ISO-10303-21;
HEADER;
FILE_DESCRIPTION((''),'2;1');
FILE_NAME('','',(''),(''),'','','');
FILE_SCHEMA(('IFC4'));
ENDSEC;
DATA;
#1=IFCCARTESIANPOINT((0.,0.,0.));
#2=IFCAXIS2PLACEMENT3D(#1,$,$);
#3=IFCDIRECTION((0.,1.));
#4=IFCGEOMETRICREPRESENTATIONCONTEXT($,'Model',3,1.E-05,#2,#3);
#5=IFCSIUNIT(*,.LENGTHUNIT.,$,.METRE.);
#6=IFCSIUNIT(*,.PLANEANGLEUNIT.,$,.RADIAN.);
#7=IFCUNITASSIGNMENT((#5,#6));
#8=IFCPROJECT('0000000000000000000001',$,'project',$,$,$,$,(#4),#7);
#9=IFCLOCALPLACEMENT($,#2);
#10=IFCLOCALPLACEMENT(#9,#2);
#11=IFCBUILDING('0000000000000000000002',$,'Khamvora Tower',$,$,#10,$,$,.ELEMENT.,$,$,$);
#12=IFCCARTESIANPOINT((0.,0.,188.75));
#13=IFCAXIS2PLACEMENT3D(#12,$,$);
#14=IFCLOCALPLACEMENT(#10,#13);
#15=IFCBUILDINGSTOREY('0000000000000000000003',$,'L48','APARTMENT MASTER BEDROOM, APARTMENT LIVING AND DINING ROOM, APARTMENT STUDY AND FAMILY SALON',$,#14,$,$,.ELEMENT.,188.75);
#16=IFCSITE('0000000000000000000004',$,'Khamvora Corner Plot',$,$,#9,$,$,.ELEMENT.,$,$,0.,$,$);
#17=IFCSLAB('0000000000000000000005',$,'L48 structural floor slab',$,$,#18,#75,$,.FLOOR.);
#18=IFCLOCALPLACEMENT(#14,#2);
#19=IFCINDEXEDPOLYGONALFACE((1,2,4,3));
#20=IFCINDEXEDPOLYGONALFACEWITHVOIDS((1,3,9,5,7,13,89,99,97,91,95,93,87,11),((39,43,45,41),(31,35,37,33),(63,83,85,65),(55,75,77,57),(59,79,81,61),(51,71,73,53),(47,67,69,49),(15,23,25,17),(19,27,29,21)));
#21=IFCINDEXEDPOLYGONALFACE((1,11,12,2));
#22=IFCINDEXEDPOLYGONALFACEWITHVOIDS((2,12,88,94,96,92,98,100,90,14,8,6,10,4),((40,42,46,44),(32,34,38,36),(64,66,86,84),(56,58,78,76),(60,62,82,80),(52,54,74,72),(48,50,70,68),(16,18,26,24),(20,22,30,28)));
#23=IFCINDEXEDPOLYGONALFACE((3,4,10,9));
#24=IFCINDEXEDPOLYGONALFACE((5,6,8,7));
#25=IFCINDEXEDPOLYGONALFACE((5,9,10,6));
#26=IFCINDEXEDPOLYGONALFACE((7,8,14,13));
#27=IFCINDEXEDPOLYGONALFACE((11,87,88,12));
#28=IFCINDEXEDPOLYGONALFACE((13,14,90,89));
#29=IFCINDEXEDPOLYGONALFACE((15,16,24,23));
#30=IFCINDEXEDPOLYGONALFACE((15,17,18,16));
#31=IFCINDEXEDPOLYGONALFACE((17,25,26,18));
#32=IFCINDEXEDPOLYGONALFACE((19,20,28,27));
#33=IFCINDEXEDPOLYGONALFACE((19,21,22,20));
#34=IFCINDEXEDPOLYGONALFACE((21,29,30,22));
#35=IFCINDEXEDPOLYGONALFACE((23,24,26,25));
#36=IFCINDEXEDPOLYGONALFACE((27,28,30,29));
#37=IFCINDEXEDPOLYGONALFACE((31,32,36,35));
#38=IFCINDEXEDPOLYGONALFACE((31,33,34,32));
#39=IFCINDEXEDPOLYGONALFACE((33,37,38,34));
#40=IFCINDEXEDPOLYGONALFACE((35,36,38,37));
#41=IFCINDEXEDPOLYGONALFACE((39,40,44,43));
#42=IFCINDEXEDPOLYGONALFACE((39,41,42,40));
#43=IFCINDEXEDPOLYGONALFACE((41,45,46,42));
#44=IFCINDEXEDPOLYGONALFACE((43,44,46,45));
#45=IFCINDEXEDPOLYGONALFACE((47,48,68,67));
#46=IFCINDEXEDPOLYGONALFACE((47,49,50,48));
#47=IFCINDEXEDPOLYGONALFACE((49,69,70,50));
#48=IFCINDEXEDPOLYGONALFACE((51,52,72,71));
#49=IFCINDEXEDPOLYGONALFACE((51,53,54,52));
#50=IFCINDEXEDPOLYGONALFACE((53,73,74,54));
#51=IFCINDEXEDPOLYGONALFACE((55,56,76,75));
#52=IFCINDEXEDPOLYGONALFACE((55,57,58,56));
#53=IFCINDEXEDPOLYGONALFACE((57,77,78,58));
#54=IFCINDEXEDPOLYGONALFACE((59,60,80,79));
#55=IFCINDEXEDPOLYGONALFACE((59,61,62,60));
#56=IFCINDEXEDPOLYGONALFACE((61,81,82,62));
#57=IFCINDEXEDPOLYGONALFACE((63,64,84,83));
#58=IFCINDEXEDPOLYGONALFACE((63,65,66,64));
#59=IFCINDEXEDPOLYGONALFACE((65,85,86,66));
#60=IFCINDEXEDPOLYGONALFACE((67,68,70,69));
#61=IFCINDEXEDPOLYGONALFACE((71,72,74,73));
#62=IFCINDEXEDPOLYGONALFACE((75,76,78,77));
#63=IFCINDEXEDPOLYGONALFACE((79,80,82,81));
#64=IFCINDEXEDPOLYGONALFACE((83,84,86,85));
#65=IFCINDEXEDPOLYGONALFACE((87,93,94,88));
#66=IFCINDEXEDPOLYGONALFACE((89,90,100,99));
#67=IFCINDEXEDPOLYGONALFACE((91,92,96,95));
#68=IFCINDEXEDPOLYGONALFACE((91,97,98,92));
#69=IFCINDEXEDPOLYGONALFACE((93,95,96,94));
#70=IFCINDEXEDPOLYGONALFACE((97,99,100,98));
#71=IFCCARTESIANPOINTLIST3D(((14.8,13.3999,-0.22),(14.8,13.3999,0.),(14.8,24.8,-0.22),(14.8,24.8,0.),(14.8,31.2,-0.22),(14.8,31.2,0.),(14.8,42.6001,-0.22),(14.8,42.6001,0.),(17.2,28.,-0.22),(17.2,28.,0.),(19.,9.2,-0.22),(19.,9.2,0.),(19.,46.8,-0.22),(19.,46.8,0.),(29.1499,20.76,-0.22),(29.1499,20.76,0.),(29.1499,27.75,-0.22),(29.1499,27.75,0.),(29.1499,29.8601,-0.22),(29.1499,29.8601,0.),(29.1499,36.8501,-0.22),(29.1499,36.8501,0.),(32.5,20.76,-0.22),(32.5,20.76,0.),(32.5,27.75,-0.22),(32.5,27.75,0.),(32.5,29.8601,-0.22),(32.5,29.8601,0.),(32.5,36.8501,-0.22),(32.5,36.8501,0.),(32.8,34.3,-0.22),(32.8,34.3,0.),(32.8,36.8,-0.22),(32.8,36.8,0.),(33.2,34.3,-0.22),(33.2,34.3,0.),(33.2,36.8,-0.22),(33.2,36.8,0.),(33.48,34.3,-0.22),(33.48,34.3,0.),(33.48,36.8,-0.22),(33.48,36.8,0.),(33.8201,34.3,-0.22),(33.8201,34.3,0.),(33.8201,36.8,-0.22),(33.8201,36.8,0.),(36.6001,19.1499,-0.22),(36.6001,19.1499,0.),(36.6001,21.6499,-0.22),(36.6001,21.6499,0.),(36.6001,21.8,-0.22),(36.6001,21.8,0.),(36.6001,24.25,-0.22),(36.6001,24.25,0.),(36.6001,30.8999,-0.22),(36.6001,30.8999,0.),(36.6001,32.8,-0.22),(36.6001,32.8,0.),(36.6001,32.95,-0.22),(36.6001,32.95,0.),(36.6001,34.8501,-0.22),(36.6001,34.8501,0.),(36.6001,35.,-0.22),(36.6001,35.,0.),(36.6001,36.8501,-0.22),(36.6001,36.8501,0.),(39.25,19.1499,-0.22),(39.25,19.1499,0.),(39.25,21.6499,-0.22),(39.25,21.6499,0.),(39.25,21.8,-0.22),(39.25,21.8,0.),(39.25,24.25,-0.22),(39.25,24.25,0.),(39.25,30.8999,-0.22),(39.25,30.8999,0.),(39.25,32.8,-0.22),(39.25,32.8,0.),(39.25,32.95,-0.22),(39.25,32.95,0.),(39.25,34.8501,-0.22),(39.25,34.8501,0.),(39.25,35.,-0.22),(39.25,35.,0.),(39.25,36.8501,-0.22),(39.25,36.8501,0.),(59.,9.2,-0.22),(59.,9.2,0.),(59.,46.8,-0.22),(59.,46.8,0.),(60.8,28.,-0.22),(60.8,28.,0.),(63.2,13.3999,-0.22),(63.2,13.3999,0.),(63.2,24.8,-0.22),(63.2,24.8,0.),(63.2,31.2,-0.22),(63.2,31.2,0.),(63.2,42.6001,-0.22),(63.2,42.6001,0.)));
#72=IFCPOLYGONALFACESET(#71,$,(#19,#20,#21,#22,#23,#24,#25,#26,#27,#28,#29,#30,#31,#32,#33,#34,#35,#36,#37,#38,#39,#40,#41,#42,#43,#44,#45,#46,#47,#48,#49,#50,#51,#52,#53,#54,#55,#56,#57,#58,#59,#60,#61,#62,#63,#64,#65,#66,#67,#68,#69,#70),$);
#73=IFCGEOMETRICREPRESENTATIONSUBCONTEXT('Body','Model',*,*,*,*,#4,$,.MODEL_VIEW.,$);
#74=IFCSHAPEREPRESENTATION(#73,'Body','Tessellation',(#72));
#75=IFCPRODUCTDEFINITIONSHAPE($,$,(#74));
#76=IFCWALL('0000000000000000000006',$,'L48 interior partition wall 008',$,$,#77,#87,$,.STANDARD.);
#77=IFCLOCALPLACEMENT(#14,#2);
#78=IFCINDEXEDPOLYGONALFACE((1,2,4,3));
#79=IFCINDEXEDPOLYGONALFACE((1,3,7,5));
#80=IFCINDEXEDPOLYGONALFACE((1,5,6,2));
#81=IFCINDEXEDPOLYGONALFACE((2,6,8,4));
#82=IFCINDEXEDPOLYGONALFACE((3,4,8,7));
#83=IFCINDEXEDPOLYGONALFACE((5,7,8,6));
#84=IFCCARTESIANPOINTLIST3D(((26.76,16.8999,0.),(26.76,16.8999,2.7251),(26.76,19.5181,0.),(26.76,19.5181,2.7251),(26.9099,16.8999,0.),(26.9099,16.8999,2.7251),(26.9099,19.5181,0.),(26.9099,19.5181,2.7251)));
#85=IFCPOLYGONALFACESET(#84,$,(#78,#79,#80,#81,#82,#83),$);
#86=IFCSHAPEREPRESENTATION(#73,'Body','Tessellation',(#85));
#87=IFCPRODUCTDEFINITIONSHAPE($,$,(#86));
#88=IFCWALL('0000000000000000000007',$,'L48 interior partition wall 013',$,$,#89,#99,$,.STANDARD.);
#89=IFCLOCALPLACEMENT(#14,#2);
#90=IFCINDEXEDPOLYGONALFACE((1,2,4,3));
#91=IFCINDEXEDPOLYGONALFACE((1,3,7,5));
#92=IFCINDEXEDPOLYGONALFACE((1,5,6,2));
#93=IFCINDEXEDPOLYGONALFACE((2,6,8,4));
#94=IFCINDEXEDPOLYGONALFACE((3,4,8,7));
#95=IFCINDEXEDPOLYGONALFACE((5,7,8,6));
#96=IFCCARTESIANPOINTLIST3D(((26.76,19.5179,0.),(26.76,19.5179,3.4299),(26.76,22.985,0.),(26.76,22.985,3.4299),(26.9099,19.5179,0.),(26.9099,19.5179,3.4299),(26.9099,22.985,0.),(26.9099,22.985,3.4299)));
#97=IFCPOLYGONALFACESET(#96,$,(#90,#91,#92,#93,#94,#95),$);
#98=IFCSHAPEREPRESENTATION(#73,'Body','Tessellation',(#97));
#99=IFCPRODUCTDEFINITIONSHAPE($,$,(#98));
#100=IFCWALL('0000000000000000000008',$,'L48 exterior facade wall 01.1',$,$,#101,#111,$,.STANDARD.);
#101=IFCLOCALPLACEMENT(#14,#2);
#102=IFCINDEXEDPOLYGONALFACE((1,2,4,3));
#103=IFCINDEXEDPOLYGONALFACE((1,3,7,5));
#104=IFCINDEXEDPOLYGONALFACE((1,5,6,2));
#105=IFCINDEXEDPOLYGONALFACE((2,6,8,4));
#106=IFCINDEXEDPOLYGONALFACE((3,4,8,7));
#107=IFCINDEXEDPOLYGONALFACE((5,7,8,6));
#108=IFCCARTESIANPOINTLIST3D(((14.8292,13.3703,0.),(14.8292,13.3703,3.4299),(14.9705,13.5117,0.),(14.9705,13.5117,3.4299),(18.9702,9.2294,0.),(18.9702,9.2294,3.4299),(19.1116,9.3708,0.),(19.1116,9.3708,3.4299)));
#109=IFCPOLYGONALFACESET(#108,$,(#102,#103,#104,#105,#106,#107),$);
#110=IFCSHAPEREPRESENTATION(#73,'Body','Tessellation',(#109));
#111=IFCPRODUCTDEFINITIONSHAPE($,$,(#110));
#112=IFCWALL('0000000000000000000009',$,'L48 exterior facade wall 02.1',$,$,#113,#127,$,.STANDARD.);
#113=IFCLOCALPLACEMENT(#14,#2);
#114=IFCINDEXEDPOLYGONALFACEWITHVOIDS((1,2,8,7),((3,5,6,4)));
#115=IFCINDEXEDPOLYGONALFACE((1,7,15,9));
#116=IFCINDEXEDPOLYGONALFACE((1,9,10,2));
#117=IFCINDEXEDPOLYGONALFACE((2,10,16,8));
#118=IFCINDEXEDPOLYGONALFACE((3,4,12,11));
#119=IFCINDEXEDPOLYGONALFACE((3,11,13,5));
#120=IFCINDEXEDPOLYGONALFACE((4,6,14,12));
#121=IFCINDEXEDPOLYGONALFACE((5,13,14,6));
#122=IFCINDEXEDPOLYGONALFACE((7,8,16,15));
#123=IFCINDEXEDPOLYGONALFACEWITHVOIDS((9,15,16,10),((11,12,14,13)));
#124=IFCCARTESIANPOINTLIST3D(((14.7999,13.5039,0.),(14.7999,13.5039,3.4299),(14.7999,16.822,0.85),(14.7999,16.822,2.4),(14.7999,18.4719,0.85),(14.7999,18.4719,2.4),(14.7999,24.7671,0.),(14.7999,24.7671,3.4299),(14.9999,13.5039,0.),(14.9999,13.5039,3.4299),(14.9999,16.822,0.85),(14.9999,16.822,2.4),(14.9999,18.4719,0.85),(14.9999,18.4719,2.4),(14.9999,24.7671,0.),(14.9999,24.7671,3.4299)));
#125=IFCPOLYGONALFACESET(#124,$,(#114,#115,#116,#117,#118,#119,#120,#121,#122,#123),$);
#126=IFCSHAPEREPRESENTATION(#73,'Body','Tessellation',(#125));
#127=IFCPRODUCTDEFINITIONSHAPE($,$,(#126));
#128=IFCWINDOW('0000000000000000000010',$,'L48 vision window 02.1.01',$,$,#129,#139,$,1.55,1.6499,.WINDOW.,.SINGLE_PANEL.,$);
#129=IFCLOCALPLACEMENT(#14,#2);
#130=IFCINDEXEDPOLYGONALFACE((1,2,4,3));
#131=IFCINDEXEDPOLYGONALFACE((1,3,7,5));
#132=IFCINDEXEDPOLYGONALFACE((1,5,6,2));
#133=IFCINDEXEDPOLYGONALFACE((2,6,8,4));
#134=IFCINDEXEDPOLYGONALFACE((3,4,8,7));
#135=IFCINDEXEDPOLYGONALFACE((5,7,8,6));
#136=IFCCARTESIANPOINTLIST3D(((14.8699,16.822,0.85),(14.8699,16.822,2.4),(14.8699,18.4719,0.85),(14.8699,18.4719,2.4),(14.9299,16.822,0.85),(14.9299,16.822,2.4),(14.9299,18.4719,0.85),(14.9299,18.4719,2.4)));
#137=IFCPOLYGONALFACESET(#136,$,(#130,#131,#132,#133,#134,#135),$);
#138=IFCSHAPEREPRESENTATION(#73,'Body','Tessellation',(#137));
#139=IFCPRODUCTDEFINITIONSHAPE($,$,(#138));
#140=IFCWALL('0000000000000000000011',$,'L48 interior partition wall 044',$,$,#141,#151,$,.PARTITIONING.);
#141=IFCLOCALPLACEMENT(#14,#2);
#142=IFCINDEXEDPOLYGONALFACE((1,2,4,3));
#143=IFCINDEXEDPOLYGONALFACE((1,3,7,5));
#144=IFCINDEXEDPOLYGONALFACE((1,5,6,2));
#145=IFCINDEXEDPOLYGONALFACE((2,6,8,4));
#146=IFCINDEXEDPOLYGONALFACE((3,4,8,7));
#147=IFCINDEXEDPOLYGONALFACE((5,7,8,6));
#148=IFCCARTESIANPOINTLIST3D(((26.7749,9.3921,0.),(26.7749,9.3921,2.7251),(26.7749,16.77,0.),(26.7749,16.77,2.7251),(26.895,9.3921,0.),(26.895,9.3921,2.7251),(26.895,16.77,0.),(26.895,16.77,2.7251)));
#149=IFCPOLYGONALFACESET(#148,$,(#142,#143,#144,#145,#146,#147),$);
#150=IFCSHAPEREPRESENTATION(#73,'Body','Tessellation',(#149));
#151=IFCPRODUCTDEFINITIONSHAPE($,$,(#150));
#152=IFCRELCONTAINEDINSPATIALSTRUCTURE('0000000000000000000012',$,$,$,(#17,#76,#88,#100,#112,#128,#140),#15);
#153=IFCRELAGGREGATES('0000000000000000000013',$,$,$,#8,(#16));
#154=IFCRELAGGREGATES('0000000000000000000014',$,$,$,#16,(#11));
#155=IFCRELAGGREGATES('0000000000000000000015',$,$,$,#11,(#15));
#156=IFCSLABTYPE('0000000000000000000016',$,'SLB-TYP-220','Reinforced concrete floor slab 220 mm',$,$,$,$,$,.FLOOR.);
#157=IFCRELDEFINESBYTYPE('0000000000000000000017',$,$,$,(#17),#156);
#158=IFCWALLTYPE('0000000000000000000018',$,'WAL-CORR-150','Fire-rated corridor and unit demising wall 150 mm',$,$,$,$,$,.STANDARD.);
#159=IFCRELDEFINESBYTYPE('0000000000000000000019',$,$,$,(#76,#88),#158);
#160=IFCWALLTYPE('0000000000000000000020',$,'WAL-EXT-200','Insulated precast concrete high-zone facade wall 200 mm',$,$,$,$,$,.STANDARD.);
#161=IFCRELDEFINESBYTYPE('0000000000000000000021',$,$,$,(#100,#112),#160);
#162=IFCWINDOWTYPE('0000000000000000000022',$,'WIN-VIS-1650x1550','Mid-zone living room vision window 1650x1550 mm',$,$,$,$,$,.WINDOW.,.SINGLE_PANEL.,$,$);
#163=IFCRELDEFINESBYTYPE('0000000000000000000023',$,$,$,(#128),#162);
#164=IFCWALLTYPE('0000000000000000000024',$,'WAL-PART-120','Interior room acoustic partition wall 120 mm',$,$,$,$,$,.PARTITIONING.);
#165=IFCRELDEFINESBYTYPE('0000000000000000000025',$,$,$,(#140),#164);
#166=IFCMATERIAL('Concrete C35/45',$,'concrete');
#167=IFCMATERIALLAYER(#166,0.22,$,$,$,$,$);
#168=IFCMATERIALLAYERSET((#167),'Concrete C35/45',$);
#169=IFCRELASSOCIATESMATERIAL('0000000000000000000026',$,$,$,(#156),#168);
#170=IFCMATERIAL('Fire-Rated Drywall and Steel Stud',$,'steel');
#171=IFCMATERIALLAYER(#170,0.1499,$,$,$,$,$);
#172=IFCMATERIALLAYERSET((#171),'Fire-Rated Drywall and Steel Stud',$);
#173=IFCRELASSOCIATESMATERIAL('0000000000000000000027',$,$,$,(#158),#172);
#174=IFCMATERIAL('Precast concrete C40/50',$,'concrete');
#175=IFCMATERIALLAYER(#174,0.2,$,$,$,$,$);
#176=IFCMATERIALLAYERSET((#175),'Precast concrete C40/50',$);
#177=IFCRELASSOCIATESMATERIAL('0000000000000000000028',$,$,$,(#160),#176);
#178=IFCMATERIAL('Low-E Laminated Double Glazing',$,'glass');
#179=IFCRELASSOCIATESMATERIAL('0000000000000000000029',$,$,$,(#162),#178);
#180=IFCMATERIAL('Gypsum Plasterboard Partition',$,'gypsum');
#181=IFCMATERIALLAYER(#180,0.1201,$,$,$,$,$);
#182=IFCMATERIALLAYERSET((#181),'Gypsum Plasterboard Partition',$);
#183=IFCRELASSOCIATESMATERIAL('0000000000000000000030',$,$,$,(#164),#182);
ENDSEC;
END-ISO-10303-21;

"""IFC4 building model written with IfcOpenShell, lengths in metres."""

from ifc_helpers import new_model, si_unit, direction, frame, frame_2d, origin, place, context, subcontext, project, spatial, polyline, rectangle, outline, extrude, material, layer, layer_set, type_object, element, fill, save


model = new_model("IFC4")

# Units and contexts
model_context = context("Model", 3, precision=1e-05, world=origin(), true_north=direction((0.0, 1.0)))
body_context = subcontext(model_context, "Body", "Model", "MODEL_VIEW")
ifc_project = project(units=[si_unit("LENGTHUNIT", "METRE"), si_unit("PLANEANGLEUNIT", "RADIAN")], contexts=[model_context])

# Site, building, storey
site_placement = place(None, origin())
site = spatial("IfcSite", under=ifc_project, at=site_placement, Name="Khamvora Corner Plot", CompositionType="ELEMENT", RefElevation=0.0)
building_placement = place(site_placement, origin())
building = spatial("IfcBuilding", under=site, at=building_placement, Name="Khamvora Tower", CompositionType="ELEMENT")
storey_placement = place(building_placement, frame((0.0, 0.0, 188.75)))
storey = spatial("IfcBuildingStorey", under=building, at=storey_placement, Name="L48", Description="APARTMENT MASTER BEDROOM, APARTMENT LIVING AND DINING ROOM, APARTMENT STUDY AND FAMILY SALON", CompositionType="ELEMENT", Elevation=188.75)

# Slab
ifc_material_1 = material(Name="Concrete C35/45", Category="concrete")
ifc_layer_1 = layer(ifc_material_1, 0.22)
ifc_layer_set_1 = layer_set([ifc_layer_1], Name="Concrete C35/45")
slab_type_1 = type_object("IfcSlabType", Name="SLB-TYP-220", Description="Reinforced concrete floor slab 220 mm", PredefinedType="FLOOR", material=ifc_layer_set_1)
slab_1_placement = place(storey_placement, frame((0.0, 0.0, -0.22)))
element("IfcSlab", 1, at=slab_1_placement, inside=storey, type_object=slab_type_1, Name="L48 structural floor slab", PredefinedType="FLOOR", context=body_context, shape_type="SweptSolid", body=[
    extrude(outline(polyline([(19.0, 9.2), (59.0, 9.2), (63.2, 13.3999), (63.2, 24.8), (60.8, 28.0), (63.2, 31.2), (63.2, 42.6001), (59.0, 46.8), (19.0, 46.8), (14.8, 42.6001), (14.8, 31.2), (17.2, 28.0), (14.8, 24.8), (14.8, 13.3999), (19.0, 9.2)]), holes=[polyline([(32.5, 20.76), (32.5, 27.75), (29.1499, 27.75), (29.1499, 20.76), (32.5, 20.76)]), polyline([(32.5, 29.8601), (32.5, 36.8501), (29.1499, 36.8501), (29.1499, 29.8601), (32.5, 29.8601)]), polyline([(36.6001, 19.1499), (39.25, 19.1499), (39.25, 21.6499), (36.6001, 21.6499), (36.6001, 19.1499)]), polyline([(36.6001, 21.8), (39.25, 21.8), (39.25, 24.25), (36.6001, 24.25), (36.6001, 21.8)]), polyline([(36.6001, 30.8999), (39.25, 30.8999), (39.25, 32.8), (36.6001, 32.8), (36.6001, 30.8999)]), polyline([(36.6001, 32.95), (39.25, 32.95), (39.25, 34.8501), (36.6001, 34.8501), (36.6001, 32.95)]), polyline([(36.6001, 35.0), (39.25, 35.0), (39.25, 36.8501), (36.6001, 36.8501), (36.6001, 35.0)]), polyline([(32.8, 34.3), (33.2, 34.3), (33.2, 36.8), (32.8, 36.8), (32.8, 34.3)]), polyline([(33.48, 34.3), (33.8201, 34.3), (33.8201, 36.8), (33.48, 36.8), (33.48, 34.3)])]), origin(), (0.0, 0.0, 1.0), 0.22),
])

# Walls
ifc_material_2 = material(Name="Fire-Rated Drywall and Steel Stud", Category="steel")
ifc_layer_2 = layer(ifc_material_2, 0.1499)
ifc_layer_set_2 = layer_set([ifc_layer_2], Name="Fire-Rated Drywall and Steel Stud")
wall_type_1 = type_object("IfcWallType", Name="WAL-CORR-150", Description="Fire-rated corridor and unit demising wall 150 mm", PredefinedType="STANDARD", material=ifc_layer_set_2)
wall_1_placement = place(storey_placement, frame((26.835, 16.8999, 0.0), z_axis=(0.0, 0.0, 1.0), x_axis=(0.0, 1.0, 0.0)))
element("IfcWall", 2, at=wall_1_placement, inside=storey, type_object=wall_type_1, Name="L48 interior partition wall 008", PredefinedType="STANDARD", context=body_context, shape_type="SweptSolid", body=[
    extrude(rectangle(XDim=2.6182, YDim=0.1499, at=frame_2d((1.3091, 0.0))), origin(), (0.0, 0.0, 1.0), 2.7251),
])
wall_2_placement = place(storey_placement, frame((26.835, 19.5181, 0.0), z_axis=(0.0, 0.0, 1.0), x_axis=(0.0, 1.0, 0.0)))
element("IfcWall", 3, at=wall_2_placement, inside=storey, type_object=wall_type_1, Name="L48 interior partition wall 013", PredefinedType="STANDARD", context=body_context, shape_type="SweptSolid", body=[
    extrude(rectangle(XDim=3.467, YDim=0.1499, at=frame_2d((1.7334, 0.0))), origin(), (0.0, 0.0, 1.0), 3.4299),
])
ifc_material_3 = material(Name="Precast concrete C40/50", Category="concrete")
ifc_layer_3 = layer(ifc_material_3, 0.2)
ifc_layer_set_3 = layer_set([ifc_layer_3], Name="Precast concrete C40/50")
wall_type_2 = type_object("IfcWallType", Name="WAL-EXT-200", Description="Insulated precast concrete high-zone facade wall 200 mm", PredefinedType="STANDARD", material=ifc_layer_set_3)
wall_3_placement = place(storey_placement, frame((19.041, 9.3, 0.0), z_axis=(0.0, 0.0, 1.0), x_axis=(-0.707128, 0.707086, 0.0)))
element("IfcWall", 4, at=wall_3_placement, inside=storey, type_object=wall_type_2, Name="L48 exterior facade wall 01.1", PredefinedType="STANDARD", context=body_context, shape_type="SweptSolid", body=[
    extrude(rectangle(XDim=5.8562, YDim=0.2, at=frame_2d((2.9282, 0.0))), origin(), (0.0, 0.0, 1.0), 3.4299),
])

# Wall, opening, window
wall_4_placement = place(storey_placement, frame((14.8999, 13.5039, 0.0), z_axis=(0.0, 0.0, 1.0), x_axis=(0.0, 1.0, 0.0)))
wall_4 = element("IfcWall", 5, at=wall_4_placement, inside=storey, type_object=wall_type_2, Name="L48 exterior facade wall 02.1", PredefinedType="STANDARD", context=body_context, shape_type="SweptSolid", body=[
    extrude(rectangle(XDim=11.2632, YDim=0.2, at=frame_2d((5.6316, 0.0))), origin(), (0.0, 0.0, 1.0), 3.4299),
])
opening_1_placement = place(wall_4_placement, frame((3.3181, 0.0, 0.8501)))
opening_1 = element("IfcOpeningElement", 6, at=opening_1_placement, cuts=wall_4, PredefinedType="OPENING", context=body_context, shape_type="SweptSolid", body=[
    extrude(rectangle(XDim=1.6499, YDim=1.55, at=frame_2d((0.825, 0.7749))), frame((0.0, 0.1099, 0.0), z_axis=(0.0, -1.0, 0.0), x_axis=(1.0, 0.0, 0.0)), (0.0, 0.0, 1.0), 0.22),
])
ifc_material_4 = material(Name="Low-E Laminated Double Glazing", Category="glass")
window_type = type_object("IfcWindowType", Name="WIN-VIS-1650x1550", Description="Mid-zone living room vision window 1650x1550 mm", PartitioningType="SINGLE_PANEL", PredefinedType="WINDOW", material=ifc_material_4)
window_placement = place(opening_1_placement, origin())
window = element("IfcWindow", 7, at=window_placement, inside=storey, type_object=window_type, Name="L48 vision window 02.1.01", OverallHeight=1.55, OverallWidth=1.6499, PartitioningType="SINGLE_PANEL", PredefinedType="WINDOW", context=body_context, shape_type="SweptSolid", body=[
    extrude(rectangle(XDim=1.6499, YDim=1.55, at=frame_2d((0.825, 0.7749))), frame((0.0, 0.03, 0.0), z_axis=(0.0, -1.0, 0.0), x_axis=(1.0, 0.0, 0.0)), (0.0, 0.0, 1.0), 0.0601),
])
fill(opening_1, window)

# Wall
ifc_material_5 = material(Name="Gypsum Plasterboard Partition", Category="gypsum")
ifc_layer_4 = layer(ifc_material_5, 0.1201)
ifc_layer_set_4 = layer_set([ifc_layer_4], Name="Gypsum Plasterboard Partition")
wall_type_3 = type_object("IfcWallType", Name="WAL-PART-120", Description="Interior room acoustic partition wall 120 mm", PredefinedType="PARTITIONING", material=ifc_layer_set_4)
wall_5_placement = place(storey_placement, frame((26.835, 9.3921, 0.0), z_axis=(0.0, 0.0, 1.0), x_axis=(0.0, 1.0, 0.0)))
element("IfcWall", 8, at=wall_5_placement, inside=storey, type_object=wall_type_3, Name="L48 interior partition wall 044", PredefinedType="PARTITIONING", context=body_context, shape_type="SweptSolid", body=[
    extrude(rectangle(XDim=7.3779, YDim=0.1201, at=frame_2d((3.689, 0.0))), origin(), (0.0, 0.0, 1.0), 2.7251),
])

save(model, "model.ifc")
